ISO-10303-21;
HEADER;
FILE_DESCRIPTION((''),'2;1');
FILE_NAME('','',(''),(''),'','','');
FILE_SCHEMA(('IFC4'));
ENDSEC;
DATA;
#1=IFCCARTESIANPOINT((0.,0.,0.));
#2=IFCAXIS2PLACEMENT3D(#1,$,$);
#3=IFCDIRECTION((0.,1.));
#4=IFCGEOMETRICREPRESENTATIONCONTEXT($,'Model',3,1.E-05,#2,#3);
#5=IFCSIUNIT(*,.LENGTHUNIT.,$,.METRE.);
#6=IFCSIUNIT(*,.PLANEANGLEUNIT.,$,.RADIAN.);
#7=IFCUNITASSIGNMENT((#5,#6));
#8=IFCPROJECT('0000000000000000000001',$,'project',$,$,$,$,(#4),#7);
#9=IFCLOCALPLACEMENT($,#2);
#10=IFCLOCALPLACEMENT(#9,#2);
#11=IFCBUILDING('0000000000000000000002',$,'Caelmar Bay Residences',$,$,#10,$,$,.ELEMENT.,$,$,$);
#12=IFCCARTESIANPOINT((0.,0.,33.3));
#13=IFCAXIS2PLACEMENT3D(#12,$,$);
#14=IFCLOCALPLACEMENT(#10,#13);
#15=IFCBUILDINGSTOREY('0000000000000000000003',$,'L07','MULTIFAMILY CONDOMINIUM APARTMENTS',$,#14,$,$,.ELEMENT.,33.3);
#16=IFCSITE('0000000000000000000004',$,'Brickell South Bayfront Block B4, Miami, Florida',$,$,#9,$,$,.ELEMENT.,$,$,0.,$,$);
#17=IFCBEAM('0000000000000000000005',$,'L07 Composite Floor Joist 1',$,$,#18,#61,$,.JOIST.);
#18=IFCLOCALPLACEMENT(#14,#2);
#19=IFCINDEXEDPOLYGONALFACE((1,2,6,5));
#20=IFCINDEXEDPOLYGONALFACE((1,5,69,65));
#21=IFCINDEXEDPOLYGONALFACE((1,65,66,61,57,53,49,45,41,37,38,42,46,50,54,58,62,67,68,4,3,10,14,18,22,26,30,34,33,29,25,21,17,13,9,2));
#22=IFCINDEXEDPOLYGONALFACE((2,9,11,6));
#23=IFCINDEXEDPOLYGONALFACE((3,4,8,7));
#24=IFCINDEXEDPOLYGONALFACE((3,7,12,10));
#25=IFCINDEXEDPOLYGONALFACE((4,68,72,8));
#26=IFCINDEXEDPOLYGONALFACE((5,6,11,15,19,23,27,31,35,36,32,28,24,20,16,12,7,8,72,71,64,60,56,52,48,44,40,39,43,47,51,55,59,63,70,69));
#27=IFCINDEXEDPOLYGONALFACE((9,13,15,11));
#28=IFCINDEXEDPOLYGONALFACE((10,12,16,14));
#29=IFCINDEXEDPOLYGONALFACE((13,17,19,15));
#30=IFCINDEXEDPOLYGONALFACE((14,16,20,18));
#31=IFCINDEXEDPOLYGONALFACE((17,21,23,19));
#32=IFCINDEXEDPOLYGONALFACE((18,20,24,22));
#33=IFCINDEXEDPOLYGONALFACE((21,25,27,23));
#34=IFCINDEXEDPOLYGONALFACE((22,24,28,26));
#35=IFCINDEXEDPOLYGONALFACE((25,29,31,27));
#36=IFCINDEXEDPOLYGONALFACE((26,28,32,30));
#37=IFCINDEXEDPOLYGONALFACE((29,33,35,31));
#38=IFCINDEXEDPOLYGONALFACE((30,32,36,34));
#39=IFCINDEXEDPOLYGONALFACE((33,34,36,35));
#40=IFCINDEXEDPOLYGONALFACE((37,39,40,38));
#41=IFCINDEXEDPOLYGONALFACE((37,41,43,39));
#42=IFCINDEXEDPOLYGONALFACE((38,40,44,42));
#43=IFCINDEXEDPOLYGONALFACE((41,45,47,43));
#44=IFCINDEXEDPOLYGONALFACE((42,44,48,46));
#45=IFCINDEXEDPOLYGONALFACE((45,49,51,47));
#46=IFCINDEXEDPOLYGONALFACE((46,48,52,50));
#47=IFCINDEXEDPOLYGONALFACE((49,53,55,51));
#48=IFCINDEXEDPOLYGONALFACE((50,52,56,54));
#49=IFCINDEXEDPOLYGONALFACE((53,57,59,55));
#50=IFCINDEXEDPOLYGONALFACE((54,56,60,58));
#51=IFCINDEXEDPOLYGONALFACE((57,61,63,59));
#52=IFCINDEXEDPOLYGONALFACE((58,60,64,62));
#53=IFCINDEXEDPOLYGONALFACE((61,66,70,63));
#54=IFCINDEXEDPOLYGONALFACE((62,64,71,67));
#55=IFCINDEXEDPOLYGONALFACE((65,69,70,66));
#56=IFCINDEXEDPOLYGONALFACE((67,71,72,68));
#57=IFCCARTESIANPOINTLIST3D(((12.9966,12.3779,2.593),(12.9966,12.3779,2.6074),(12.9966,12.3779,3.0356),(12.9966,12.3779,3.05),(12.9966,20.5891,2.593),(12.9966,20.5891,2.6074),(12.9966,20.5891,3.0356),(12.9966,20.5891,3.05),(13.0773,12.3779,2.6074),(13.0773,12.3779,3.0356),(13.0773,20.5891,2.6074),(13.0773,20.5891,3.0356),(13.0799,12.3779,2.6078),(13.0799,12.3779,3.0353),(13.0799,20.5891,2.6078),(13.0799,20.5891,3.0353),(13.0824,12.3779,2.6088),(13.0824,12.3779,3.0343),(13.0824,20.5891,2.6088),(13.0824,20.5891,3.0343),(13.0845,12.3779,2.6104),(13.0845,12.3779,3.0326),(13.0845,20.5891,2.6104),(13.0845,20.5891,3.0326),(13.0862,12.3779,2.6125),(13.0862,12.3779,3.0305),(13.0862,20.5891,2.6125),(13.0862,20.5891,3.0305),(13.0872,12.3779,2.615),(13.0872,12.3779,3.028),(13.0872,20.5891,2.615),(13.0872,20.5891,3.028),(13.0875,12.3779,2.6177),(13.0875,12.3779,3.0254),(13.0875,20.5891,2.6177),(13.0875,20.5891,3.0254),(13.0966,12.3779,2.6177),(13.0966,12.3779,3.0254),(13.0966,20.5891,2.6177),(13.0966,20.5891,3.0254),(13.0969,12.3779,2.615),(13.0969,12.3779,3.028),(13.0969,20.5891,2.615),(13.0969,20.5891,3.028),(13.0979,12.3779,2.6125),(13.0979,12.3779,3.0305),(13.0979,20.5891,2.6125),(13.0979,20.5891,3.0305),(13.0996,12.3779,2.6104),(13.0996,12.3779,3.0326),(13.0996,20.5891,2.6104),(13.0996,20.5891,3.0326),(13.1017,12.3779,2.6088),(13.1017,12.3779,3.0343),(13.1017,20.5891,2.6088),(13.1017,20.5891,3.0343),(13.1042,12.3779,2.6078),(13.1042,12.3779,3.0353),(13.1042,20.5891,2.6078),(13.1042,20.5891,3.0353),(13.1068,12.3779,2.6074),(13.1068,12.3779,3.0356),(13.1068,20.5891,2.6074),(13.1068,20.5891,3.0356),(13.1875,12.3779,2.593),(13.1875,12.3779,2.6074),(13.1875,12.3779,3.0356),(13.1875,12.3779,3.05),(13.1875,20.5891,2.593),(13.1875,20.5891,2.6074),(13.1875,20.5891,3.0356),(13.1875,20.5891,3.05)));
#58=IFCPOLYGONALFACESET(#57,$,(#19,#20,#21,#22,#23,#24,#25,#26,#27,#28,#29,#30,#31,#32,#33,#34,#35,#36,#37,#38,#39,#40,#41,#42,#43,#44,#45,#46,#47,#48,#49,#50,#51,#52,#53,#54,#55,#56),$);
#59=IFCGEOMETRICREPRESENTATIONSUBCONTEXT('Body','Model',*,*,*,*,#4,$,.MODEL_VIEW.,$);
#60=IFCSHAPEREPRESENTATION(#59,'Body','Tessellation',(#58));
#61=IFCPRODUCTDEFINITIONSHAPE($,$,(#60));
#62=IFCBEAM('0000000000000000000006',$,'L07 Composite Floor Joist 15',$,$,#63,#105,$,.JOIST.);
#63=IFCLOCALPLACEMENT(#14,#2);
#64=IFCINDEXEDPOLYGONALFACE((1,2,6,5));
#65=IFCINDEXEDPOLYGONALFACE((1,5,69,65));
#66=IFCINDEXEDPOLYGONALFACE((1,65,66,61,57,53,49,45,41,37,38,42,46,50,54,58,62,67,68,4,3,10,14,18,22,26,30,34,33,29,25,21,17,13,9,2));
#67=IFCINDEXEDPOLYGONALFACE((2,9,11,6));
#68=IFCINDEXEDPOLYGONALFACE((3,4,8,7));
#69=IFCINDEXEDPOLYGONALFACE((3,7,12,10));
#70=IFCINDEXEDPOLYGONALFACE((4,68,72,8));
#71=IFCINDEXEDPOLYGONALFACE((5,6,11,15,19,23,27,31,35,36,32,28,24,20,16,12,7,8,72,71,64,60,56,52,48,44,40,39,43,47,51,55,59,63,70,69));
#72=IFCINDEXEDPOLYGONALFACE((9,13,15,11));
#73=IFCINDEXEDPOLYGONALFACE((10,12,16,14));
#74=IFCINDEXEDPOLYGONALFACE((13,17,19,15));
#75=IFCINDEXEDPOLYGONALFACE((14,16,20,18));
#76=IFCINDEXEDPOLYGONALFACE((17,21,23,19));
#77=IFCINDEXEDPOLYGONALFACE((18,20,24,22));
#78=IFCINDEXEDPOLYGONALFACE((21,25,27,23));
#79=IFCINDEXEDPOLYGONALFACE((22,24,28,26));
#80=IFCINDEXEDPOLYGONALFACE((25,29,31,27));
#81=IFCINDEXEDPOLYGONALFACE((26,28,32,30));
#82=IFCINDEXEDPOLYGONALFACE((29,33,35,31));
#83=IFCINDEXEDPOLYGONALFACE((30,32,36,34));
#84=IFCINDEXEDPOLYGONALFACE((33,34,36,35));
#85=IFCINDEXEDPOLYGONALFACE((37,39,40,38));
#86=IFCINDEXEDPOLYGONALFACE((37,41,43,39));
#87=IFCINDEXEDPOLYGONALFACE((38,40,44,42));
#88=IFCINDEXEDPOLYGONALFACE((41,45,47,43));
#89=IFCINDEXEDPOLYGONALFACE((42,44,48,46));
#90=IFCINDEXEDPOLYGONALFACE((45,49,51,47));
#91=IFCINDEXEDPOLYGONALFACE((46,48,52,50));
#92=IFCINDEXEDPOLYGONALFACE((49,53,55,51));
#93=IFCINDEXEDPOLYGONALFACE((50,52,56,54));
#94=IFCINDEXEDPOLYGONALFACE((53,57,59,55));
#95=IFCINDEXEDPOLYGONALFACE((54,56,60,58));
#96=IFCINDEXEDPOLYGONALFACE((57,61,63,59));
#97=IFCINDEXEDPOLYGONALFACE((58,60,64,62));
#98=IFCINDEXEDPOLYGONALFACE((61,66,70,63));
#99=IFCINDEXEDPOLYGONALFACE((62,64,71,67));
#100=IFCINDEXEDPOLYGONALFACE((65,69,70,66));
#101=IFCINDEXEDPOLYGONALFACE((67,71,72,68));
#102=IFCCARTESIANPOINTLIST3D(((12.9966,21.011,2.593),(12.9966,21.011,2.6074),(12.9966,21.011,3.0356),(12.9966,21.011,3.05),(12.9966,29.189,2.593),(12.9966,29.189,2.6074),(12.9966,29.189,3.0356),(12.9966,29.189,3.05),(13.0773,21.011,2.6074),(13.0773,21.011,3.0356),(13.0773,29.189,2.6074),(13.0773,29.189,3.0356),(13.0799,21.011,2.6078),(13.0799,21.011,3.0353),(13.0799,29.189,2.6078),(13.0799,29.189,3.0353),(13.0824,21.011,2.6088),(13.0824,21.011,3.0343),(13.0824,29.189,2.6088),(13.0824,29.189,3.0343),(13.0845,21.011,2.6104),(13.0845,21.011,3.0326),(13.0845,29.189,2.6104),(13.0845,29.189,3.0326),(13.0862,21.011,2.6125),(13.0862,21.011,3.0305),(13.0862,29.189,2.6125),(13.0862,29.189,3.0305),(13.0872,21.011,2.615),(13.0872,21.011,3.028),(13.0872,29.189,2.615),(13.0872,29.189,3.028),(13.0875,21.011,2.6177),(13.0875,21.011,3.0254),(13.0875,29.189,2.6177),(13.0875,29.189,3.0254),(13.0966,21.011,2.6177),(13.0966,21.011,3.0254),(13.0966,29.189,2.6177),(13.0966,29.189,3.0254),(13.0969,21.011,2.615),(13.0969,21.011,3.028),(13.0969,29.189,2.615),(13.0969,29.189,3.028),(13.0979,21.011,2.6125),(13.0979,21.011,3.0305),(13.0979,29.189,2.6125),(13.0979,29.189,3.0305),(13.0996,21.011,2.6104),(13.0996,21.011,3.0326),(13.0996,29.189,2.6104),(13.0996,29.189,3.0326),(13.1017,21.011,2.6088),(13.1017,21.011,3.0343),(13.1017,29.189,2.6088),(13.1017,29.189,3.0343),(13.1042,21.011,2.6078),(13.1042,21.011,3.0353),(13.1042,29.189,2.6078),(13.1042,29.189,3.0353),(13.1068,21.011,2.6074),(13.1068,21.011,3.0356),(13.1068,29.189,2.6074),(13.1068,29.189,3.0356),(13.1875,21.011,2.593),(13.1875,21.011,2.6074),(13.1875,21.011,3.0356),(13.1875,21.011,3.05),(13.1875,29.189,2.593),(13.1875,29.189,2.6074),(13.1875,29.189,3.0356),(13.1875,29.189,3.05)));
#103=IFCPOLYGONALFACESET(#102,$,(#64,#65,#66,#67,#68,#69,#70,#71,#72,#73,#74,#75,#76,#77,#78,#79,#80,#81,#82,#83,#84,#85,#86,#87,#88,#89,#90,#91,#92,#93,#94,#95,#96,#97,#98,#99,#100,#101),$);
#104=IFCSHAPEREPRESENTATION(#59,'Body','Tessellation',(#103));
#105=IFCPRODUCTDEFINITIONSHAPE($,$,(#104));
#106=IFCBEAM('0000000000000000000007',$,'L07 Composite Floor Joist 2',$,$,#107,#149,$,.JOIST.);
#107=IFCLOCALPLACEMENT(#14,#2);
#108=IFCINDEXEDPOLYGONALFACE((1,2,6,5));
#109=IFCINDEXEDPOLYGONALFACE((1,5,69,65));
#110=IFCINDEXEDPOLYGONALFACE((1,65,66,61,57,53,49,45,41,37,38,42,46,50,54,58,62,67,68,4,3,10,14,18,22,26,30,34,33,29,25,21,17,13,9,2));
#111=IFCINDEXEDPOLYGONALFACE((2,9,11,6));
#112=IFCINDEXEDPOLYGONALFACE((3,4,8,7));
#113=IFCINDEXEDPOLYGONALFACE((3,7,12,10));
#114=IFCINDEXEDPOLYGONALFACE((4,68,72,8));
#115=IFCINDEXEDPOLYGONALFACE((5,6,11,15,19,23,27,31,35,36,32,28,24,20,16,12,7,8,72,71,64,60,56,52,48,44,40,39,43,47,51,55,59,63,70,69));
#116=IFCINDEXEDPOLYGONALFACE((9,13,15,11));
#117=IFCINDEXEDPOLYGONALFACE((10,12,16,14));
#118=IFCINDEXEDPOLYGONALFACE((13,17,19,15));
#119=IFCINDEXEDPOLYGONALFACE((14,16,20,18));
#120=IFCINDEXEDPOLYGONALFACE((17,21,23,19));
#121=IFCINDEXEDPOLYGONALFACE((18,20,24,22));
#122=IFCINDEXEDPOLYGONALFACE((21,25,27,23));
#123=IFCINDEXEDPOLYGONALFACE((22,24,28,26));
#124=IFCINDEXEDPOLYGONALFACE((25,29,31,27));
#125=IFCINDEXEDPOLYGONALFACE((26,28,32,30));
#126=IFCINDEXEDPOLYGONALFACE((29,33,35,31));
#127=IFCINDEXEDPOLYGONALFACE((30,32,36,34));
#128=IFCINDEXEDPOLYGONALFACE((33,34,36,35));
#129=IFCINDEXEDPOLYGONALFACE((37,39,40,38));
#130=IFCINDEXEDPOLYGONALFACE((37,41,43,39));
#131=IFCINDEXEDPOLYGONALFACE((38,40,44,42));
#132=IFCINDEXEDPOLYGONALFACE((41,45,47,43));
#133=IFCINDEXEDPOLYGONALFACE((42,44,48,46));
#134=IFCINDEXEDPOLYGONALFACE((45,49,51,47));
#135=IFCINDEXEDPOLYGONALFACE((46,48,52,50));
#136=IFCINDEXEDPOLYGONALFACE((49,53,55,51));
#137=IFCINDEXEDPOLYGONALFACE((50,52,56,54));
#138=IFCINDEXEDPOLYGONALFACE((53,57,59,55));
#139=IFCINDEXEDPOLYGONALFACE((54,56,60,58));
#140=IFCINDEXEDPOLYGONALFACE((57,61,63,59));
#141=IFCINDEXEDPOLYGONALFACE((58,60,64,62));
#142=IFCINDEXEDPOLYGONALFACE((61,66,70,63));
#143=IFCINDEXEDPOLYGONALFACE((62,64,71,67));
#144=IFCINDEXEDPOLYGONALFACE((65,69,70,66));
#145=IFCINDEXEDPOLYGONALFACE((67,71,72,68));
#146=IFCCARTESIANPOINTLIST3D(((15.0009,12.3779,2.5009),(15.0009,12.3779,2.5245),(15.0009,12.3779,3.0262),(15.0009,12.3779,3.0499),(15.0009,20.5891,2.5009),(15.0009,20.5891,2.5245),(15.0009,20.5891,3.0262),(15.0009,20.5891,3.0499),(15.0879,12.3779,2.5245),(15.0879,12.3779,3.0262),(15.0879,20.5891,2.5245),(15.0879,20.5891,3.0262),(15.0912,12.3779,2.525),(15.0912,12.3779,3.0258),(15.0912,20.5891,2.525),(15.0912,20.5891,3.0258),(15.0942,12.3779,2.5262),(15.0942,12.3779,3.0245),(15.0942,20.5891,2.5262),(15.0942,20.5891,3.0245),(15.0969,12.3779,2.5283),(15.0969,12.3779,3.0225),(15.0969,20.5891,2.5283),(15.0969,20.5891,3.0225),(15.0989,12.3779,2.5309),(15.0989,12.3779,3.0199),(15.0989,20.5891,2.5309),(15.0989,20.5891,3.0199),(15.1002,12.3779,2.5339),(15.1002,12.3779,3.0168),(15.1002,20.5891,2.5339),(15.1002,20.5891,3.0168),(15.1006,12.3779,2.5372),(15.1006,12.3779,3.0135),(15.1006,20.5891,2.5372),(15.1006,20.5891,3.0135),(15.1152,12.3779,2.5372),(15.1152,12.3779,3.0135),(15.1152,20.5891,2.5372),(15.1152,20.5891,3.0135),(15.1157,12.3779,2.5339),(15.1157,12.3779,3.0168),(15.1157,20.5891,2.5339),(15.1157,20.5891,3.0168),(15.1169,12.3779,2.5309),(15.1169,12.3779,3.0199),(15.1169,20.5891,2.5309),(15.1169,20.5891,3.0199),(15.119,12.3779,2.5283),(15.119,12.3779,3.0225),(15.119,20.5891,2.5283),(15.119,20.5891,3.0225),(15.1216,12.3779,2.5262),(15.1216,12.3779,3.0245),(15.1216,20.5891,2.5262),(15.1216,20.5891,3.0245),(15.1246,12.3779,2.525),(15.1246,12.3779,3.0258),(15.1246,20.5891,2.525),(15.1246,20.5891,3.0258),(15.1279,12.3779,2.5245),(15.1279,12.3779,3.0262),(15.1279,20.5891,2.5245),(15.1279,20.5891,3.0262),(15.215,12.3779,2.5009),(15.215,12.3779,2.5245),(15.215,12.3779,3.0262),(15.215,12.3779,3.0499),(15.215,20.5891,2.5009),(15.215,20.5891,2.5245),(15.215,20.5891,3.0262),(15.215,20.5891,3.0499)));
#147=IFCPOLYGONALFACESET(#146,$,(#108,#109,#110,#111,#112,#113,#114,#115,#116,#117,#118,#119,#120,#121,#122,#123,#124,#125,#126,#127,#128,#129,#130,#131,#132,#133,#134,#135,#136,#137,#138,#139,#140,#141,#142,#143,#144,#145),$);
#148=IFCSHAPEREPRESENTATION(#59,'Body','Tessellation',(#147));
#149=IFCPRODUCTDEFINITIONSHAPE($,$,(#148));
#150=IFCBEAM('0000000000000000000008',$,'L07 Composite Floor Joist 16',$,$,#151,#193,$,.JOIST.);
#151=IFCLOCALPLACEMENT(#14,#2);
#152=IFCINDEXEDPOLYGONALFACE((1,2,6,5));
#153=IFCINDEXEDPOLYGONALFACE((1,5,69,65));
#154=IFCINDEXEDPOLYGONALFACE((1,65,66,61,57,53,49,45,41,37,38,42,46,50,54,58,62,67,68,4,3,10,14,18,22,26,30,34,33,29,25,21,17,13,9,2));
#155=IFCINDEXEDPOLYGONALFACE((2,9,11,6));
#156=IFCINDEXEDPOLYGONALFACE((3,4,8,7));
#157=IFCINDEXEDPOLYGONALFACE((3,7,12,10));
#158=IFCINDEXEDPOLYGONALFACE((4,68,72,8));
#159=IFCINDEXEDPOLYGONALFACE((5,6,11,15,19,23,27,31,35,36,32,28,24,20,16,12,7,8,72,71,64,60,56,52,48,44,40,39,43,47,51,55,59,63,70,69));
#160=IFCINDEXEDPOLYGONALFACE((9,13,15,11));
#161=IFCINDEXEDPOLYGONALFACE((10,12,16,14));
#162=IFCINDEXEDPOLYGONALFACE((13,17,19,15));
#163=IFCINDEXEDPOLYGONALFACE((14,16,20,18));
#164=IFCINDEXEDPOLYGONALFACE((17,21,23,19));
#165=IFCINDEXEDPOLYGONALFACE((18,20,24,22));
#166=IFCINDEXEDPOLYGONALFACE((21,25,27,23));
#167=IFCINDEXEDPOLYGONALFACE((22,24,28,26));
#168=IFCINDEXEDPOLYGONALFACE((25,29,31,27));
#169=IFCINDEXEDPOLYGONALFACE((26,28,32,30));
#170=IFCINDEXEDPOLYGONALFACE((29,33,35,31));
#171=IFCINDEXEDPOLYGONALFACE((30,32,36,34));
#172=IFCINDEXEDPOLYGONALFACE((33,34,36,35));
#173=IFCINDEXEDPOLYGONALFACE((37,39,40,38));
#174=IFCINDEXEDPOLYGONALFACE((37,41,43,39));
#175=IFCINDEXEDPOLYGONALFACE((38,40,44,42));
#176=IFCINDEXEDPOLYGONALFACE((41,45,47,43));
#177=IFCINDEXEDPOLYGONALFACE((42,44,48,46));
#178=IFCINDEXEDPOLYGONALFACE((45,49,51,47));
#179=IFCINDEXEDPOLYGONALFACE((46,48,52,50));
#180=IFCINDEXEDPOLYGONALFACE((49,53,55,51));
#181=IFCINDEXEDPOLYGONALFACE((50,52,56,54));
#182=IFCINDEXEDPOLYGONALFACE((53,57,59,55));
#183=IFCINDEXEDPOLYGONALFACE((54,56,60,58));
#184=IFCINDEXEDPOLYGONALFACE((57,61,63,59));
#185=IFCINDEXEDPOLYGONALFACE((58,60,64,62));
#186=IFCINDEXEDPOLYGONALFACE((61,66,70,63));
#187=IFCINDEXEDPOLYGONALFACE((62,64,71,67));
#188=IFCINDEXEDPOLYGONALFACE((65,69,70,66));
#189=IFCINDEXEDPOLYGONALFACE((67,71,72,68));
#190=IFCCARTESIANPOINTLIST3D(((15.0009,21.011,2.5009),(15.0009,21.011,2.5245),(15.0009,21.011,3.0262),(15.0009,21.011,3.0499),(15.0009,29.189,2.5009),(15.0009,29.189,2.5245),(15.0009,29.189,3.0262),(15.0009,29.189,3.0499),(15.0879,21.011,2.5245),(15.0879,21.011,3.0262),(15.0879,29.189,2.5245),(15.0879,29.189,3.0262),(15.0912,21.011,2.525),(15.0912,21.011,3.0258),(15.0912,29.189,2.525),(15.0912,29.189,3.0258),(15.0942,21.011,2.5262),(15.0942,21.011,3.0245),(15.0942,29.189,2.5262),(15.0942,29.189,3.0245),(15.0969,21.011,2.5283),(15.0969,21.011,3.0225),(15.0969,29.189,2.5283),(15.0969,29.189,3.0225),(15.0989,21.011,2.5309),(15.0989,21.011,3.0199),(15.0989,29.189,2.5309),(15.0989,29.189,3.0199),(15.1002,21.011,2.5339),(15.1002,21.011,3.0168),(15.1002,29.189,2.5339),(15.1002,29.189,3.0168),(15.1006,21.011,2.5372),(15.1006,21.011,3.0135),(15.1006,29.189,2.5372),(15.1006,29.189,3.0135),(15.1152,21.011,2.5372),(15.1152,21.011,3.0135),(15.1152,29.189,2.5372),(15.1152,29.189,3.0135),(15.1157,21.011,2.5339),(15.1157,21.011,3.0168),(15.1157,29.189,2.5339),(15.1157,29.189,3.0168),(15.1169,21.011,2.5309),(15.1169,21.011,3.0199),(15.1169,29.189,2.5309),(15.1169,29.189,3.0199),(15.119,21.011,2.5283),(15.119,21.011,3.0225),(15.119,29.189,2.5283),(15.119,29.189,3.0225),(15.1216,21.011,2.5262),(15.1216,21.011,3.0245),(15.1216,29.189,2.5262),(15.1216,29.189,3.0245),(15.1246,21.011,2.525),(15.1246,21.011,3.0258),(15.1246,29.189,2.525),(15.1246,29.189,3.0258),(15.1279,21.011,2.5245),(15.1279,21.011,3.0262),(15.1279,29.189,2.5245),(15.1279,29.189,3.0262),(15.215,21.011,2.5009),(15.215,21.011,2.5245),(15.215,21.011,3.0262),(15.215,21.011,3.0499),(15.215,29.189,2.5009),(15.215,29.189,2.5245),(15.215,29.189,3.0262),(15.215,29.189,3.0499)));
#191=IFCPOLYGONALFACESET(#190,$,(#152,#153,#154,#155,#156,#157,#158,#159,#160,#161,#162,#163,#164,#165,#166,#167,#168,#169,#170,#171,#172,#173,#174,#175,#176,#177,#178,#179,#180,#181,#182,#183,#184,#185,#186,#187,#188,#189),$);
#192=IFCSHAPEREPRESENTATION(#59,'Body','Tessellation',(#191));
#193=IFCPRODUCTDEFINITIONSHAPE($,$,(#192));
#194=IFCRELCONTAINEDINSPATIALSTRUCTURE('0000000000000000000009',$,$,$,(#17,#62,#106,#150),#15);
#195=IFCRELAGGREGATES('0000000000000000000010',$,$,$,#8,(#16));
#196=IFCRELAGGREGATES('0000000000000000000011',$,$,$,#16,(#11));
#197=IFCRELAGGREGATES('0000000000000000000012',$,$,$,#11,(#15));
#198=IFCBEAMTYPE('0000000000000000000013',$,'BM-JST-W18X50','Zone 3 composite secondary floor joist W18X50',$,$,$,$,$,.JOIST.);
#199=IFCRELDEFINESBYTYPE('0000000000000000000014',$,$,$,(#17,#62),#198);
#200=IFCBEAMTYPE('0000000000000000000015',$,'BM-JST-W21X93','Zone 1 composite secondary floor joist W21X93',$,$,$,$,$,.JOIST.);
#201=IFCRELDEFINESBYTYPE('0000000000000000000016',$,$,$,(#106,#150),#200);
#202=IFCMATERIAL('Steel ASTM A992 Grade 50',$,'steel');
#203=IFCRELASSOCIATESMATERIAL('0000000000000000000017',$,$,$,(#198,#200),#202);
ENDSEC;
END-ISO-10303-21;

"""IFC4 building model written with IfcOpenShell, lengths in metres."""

from ifc_helpers import new_model, si_unit, direction, frame, origin, origin_2d, place, context, subcontext, project, spatial, i_section, extrude, material, material_profile, profile_set, type_object, element, save


model = new_model("IFC4")

# Units and contexts
model_context = context("Model", 3, precision=1e-05, world=origin(), true_north=direction((0.0, 1.0)))
body_context = subcontext(model_context, "Body", "Model", "MODEL_VIEW")
ifc_project = project(units=[si_unit("LENGTHUNIT", "METRE"), si_unit("PLANEANGLEUNIT", "RADIAN")], contexts=[model_context])

# Site, building, storey
site_placement = place(None, origin())
site = spatial("IfcSite", under=ifc_project, at=site_placement, Name="Brickell South Bayfront Block B4, Miami, Florida", CompositionType="ELEMENT", RefElevation=0.0)
building_placement = place(site_placement, origin())
building = spatial("IfcBuilding", under=site, at=building_placement, Name="Caelmar Bay Residences", CompositionType="ELEMENT")
storey_placement = place(building_placement, frame((0.0, 0.0, 33.3)))
storey = spatial("IfcBuildingStorey", under=building, at=storey_placement, Name="L07", Description="MULTIFAMILY CONDOMINIUM APARTMENTS", CompositionType="ELEMENT", Elevation=33.3)

# Beams
ifc_material_1 = material(Name="Steel ASTM A992 Grade 50", Category="steel")
ifc_material_profile_1 = material_profile(ifc_material_1, i_section(OverallWidth=0.1909, OverallDepth=0.457, WebThickness=0.009, FlangeThickness=0.0144, FilletRadius=0.0103, at=origin_2d()), Name="W18X50")
ifc_profile_set_1 = profile_set([ifc_material_profile_1], Name="Steel ASTM A992 Grade 50")
beam_type_1 = type_object("IfcBeamType", Name="BM-JST-W18X50", Description="Zone 3 composite secondary floor joist W18X50", PredefinedType="JOIST", material=ifc_profile_set_1)
beam_1_placement = place(storey_placement, frame((13.092, 12.3779, 2.8215), z_axis=(0.0, 1.0, 0.0), x_axis=(-1.0, 0.0, 0.0)))
element("IfcBeam", 1, at=beam_1_placement, inside=storey, type_object=beam_type_1, Name="L07 Composite Floor Joist 1", PredefinedType="JOIST", context=body_context, shape_type="SweptSolid", body=[
    extrude(i_section(OverallWidth=0.1909, OverallDepth=0.457, WebThickness=0.009, FlangeThickness=0.0144, FilletRadius=0.0103, at=origin_2d()), origin(), (0.0, 0.0, 1.0), 8.2112),
])
beam_2_placement = place(storey_placement, frame((13.092, 21.011, 2.8215), z_axis=(0.0, 1.0, 0.0), x_axis=(-1.0, 0.0, 0.0)))
element("IfcBeam", 2, at=beam_2_placement, inside=storey, type_object=beam_type_1, Name="L07 Composite Floor Joist 15", PredefinedType="JOIST", context=body_context, shape_type="SweptSolid", body=[
    extrude(i_section(OverallWidth=0.1909, OverallDepth=0.457, WebThickness=0.009, FlangeThickness=0.0144, FilletRadius=0.0103, at=origin_2d()), origin(), (0.0, 0.0, 1.0), 8.178),
])
ifc_material_profile_2 = material_profile(ifc_material_1, i_section(OverallWidth=0.2141, OverallDepth=0.5491, WebThickness=0.0146, FlangeThickness=0.0237, FilletRadius=0.0127, at=origin_2d()), Name="W21X93")
ifc_profile_set_2 = profile_set([ifc_material_profile_2], Name="Steel ASTM A992 Grade 50")
beam_type_2 = type_object("IfcBeamType", Name="BM-JST-W21X93", Description="Zone 1 composite secondary floor joist W21X93", PredefinedType="JOIST", material=ifc_profile_set_2)
beam_3_placement = place(storey_placement, frame((15.1079, 12.3779, 2.7754), z_axis=(0.0, 1.0, 0.0), x_axis=(-1.0, 0.0, 0.0)))
element("IfcBeam", 3, at=beam_3_placement, inside=storey, type_object=beam_type_2, Name="L07 Composite Floor Joist 2", PredefinedType="JOIST", context=body_context, shape_type="SweptSolid", body=[
    extrude(i_section(OverallWidth=0.2141, OverallDepth=0.5491, WebThickness=0.0146, FlangeThickness=0.0237, FilletRadius=0.0127, at=origin_2d()), origin(), (0.0, 0.0, 1.0), 8.2112),
])
beam_4_placement = place(storey_placement, frame((15.1079, 21.011, 2.7754), z_axis=(0.0, 1.0, 0.0), x_axis=(-1.0, 0.0, 0.0)))
element("IfcBeam", 4, at=beam_4_placement, inside=storey, type_object=beam_type_2, Name="L07 Composite Floor Joist 16", PredefinedType="JOIST", context=body_context, shape_type="SweptSolid", body=[
    extrude(i_section(OverallWidth=0.2141, OverallDepth=0.5491, WebThickness=0.0146, FlangeThickness=0.0237, FilletRadius=0.0127, at=origin_2d()), origin(), (0.0, 0.0, 1.0), 8.178),
])

save(model, "model.ifc")
